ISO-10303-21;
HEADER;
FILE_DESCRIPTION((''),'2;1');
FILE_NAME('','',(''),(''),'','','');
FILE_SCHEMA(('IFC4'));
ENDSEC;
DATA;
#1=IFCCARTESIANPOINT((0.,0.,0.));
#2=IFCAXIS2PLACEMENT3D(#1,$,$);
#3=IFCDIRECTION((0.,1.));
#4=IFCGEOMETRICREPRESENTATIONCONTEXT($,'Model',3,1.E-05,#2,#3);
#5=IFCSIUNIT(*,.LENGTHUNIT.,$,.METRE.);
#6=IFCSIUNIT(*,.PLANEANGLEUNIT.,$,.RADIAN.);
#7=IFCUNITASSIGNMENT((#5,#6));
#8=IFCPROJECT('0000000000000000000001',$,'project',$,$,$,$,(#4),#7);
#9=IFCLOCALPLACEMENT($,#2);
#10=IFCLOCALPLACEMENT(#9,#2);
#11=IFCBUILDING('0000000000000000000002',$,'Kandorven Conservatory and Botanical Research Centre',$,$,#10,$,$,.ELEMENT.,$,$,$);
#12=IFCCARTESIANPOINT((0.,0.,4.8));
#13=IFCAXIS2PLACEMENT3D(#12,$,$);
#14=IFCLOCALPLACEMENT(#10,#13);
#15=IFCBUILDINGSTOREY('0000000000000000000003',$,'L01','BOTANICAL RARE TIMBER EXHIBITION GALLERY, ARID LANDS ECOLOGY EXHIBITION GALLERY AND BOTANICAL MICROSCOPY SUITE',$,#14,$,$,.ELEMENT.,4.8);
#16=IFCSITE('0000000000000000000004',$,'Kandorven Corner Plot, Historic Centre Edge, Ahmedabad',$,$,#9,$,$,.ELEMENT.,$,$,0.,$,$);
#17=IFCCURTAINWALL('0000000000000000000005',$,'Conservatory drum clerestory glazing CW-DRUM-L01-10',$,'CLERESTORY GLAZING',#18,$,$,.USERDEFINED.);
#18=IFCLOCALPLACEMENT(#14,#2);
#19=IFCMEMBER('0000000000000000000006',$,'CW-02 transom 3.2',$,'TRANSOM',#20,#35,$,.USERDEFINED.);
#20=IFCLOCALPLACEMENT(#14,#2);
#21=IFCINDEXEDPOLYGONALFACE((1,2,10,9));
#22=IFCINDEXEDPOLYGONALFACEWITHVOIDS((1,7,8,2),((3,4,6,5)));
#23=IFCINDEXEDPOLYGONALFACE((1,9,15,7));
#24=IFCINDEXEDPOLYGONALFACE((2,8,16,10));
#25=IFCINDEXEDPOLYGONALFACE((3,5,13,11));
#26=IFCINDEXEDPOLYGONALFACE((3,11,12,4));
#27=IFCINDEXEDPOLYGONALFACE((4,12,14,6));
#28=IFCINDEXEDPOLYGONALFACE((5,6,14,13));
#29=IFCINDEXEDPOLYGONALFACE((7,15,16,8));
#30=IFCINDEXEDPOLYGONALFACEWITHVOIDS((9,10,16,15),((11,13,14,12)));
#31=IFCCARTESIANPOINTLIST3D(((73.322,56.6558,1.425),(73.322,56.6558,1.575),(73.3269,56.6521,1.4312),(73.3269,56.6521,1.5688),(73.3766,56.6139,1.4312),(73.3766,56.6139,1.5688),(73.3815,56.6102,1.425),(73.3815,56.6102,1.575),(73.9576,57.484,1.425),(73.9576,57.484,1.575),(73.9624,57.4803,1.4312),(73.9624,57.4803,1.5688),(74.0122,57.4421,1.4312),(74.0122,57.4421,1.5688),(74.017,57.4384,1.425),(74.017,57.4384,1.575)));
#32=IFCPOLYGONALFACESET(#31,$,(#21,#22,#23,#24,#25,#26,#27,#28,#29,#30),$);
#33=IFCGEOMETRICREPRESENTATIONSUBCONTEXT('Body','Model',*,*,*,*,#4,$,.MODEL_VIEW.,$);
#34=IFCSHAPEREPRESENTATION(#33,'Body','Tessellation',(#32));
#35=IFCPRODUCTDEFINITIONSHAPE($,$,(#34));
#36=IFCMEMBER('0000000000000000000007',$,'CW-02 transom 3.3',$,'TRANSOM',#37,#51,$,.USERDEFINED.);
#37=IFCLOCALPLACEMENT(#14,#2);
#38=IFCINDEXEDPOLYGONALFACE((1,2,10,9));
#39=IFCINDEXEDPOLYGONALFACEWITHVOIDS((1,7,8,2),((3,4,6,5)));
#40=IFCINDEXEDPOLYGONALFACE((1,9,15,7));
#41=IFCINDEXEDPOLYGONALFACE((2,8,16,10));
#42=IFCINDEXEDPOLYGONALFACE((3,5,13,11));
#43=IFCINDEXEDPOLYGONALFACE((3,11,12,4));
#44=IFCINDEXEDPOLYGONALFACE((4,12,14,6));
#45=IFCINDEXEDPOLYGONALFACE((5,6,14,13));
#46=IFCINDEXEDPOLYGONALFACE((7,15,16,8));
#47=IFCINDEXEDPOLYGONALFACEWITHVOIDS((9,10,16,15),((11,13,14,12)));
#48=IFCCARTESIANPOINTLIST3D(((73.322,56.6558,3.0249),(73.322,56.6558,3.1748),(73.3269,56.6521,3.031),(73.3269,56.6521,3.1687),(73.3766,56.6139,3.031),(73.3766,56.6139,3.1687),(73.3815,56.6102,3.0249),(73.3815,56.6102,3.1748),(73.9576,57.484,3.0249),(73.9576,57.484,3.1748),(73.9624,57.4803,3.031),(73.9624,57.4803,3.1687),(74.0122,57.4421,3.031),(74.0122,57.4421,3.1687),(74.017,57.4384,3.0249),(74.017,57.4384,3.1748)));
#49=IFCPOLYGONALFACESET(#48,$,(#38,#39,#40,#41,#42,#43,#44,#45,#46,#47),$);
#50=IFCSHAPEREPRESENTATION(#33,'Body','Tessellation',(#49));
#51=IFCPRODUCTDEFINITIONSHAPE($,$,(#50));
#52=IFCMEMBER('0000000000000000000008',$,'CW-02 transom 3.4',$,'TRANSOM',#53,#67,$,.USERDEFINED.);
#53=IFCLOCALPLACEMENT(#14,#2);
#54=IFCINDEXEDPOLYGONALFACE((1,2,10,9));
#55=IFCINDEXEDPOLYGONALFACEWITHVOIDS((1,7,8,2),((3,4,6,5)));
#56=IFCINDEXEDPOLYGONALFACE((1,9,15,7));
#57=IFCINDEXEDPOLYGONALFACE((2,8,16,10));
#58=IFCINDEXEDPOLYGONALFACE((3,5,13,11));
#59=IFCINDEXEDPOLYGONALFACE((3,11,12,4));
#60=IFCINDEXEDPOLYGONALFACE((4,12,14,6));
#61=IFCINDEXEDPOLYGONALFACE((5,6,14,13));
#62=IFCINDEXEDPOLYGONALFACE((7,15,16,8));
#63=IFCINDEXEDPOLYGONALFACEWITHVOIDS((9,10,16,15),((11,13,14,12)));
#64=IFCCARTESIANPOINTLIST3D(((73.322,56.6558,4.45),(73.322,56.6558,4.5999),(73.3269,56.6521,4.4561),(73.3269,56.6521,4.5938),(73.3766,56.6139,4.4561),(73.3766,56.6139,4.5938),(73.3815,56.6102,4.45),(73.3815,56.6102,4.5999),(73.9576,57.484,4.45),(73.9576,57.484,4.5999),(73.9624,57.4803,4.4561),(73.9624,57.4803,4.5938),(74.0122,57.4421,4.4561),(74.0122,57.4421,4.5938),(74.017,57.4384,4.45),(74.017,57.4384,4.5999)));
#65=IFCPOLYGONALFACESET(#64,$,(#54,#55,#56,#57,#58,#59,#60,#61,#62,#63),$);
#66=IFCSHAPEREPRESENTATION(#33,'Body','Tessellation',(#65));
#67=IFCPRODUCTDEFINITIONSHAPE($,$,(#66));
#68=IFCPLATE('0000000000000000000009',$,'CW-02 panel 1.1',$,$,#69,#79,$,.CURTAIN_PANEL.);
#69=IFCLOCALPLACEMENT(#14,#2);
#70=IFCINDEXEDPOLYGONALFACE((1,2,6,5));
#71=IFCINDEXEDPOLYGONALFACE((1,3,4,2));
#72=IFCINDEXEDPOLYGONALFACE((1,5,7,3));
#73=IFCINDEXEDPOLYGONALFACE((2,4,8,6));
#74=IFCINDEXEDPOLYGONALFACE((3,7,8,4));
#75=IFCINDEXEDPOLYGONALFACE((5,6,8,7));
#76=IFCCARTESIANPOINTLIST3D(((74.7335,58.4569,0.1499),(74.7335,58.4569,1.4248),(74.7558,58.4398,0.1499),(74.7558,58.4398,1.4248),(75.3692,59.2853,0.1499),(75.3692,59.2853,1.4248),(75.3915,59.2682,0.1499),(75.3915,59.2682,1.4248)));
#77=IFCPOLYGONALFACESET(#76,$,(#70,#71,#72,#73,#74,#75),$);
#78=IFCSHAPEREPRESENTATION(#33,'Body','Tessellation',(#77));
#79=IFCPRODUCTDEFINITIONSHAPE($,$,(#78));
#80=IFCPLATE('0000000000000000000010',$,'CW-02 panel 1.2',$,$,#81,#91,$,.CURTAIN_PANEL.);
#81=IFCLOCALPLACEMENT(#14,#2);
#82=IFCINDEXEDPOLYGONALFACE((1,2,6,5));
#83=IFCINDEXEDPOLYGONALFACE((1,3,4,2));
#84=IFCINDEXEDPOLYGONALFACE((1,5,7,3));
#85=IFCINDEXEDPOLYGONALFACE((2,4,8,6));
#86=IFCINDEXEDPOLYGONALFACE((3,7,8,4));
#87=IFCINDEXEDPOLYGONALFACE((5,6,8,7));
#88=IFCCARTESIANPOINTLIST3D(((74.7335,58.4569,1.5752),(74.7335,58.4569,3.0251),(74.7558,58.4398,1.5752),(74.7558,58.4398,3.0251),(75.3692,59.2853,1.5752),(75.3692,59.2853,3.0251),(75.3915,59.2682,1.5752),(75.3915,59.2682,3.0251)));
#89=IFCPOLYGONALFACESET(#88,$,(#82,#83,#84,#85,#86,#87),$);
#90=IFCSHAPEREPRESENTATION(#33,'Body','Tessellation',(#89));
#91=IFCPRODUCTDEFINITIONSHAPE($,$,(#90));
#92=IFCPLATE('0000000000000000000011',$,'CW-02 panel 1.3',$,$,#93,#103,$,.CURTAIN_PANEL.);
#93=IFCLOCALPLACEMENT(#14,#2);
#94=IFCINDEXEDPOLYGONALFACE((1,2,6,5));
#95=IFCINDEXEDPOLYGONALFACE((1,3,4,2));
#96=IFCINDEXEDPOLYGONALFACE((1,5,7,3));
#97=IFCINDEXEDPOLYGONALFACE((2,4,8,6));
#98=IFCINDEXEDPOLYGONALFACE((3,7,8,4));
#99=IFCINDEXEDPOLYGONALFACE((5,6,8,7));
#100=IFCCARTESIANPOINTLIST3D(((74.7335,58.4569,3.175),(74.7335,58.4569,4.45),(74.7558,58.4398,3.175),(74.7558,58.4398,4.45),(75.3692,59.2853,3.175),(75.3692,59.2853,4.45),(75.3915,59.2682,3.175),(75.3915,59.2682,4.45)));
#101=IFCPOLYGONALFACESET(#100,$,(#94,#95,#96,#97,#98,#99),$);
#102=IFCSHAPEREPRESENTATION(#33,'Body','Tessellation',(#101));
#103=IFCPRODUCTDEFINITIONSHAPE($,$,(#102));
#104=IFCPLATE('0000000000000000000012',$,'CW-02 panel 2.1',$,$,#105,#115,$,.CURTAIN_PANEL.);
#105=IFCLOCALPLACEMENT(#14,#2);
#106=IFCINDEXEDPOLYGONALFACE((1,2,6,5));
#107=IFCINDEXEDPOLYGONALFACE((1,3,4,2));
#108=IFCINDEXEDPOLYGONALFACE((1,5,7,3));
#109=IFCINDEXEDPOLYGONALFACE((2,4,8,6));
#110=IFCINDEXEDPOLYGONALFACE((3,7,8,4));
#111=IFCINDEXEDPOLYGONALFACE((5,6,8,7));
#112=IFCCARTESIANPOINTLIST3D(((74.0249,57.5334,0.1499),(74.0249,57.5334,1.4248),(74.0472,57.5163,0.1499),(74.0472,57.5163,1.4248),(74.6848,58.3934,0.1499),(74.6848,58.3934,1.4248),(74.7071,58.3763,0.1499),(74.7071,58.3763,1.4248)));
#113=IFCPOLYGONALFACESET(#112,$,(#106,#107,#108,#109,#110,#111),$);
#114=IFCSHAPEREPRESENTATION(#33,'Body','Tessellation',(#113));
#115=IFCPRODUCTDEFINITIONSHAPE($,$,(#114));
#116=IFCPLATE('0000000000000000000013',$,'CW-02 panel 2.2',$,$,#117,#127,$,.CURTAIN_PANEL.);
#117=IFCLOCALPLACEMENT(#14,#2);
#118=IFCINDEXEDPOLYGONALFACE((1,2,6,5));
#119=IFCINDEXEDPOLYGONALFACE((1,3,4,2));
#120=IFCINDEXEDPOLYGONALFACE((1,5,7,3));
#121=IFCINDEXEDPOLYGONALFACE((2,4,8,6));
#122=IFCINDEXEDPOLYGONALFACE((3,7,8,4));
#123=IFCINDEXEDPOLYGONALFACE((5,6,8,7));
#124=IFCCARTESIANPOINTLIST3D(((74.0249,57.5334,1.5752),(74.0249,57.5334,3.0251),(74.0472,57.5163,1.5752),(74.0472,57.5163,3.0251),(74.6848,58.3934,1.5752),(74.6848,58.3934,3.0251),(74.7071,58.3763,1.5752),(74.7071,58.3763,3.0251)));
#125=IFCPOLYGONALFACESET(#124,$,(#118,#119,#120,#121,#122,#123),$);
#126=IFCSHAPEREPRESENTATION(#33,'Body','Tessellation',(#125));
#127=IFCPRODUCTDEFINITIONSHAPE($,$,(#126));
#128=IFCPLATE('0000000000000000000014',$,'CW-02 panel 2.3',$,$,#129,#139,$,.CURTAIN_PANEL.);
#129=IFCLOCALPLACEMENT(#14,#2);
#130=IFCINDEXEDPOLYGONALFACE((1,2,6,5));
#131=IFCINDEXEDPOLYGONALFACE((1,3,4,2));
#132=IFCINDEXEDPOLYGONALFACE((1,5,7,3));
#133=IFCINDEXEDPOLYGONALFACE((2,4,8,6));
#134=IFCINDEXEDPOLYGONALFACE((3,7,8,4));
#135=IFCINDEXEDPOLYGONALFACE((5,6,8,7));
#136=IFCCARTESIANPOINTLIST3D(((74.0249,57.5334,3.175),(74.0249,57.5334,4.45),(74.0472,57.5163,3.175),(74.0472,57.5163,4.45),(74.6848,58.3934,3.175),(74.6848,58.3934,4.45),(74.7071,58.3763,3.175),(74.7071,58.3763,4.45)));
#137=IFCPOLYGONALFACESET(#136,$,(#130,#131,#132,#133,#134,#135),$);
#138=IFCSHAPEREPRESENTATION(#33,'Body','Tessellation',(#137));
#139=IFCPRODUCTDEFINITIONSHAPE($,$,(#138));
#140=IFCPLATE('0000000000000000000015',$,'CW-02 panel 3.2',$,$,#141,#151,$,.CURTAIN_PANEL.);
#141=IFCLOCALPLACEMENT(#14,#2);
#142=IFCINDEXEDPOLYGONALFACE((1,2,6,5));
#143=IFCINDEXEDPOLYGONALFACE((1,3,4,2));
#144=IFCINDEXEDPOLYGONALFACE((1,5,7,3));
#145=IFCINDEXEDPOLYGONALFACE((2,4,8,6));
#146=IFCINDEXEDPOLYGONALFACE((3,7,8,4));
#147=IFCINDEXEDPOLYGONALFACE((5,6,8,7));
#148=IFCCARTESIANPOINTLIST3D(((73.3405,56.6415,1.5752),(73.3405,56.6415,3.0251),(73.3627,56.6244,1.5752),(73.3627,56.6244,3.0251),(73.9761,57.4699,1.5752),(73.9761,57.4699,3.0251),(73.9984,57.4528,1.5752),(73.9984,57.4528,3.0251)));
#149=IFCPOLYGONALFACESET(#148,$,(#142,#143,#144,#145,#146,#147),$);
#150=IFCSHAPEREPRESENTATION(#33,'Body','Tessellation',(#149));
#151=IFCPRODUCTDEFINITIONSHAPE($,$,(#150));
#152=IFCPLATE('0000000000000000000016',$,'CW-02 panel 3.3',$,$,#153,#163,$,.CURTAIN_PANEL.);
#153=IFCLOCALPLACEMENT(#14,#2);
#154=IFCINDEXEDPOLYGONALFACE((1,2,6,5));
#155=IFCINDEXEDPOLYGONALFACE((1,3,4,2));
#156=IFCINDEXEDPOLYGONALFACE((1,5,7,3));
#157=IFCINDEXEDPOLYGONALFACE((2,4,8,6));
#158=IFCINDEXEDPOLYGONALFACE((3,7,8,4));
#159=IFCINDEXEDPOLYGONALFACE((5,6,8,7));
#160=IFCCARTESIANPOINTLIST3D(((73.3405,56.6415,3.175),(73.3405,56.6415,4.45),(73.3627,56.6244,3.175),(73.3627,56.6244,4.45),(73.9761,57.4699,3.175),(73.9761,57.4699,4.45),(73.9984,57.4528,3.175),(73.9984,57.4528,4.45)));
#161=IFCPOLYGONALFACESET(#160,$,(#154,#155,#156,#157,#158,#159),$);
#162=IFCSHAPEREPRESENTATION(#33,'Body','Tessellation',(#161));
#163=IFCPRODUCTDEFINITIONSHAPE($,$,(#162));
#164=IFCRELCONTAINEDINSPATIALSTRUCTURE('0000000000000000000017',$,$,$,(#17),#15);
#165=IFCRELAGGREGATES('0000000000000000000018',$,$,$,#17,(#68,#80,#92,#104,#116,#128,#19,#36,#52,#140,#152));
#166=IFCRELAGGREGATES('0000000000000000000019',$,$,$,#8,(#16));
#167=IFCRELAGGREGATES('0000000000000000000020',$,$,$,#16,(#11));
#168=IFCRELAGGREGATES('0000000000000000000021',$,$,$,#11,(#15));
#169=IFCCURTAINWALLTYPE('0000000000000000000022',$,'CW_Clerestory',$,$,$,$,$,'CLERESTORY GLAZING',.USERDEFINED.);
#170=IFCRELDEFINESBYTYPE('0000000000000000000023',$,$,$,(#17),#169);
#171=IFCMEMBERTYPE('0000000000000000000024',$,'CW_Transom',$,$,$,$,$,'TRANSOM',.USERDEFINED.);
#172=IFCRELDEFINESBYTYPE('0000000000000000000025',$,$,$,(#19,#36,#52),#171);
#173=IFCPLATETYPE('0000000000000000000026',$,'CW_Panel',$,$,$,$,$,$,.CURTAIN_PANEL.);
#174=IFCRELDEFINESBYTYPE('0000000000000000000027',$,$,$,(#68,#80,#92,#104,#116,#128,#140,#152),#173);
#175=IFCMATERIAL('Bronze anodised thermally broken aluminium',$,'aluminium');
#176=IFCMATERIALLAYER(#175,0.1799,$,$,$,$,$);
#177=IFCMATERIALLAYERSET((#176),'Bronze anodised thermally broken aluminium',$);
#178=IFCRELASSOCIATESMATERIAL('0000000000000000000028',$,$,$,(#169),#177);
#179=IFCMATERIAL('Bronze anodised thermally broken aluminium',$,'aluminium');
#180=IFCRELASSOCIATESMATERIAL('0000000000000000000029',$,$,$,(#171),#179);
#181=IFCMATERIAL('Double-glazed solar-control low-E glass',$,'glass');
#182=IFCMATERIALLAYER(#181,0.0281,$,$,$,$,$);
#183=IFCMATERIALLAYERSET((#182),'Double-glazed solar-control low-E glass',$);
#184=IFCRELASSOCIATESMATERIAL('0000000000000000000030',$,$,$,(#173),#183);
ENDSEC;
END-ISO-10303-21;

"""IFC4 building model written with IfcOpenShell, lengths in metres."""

from ifc_helpers import new_model, si_unit, direction, frame, origin, origin_2d, place, context, subcontext, project, spatial, rectangle, hollow_rectangle, extrude, material, layer, layer_set, material_profile, profile_set, type_object, element, aggregate, save


model = new_model("IFC4")

# Units and contexts
model_context = context("Model", 3, precision=1e-05, world=origin(), true_north=direction((0.0, 1.0)))
body_context = subcontext(model_context, "Body", "Model", "MODEL_VIEW")
ifc_project = project(units=[si_unit("LENGTHUNIT", "METRE"), si_unit("PLANEANGLEUNIT", "RADIAN")], contexts=[model_context])

# Site, building, storey
site_placement = place(None, origin())
site = spatial("IfcSite", under=ifc_project, at=site_placement, Name="Kandorven Corner Plot, Historic Centre Edge, Ahmedabad", CompositionType="ELEMENT", RefElevation=0.0)
building_placement = place(site_placement, origin())
building = spatial("IfcBuilding", under=site, at=building_placement, Name="Kandorven Conservatory and Botanical Research Centre", CompositionType="ELEMENT")
storey_placement = place(building_placement, frame((0.0, 0.0, 4.8)))
storey = spatial("IfcBuildingStorey", under=building, at=storey_placement, Name="L01", Description="BOTANICAL RARE TIMBER EXHIBITION GALLERY, ARID LANDS ECOLOGY EXHIBITION GALLERY AND BOTANICAL MICROSCOPY SUITE", CompositionType="ELEMENT", Elevation=4.8)

# Curtain wall, members, plates
ifc_material_1 = material(Name="Bronze anodised thermally broken aluminium", Category="aluminium")
ifc_layer_1 = layer(ifc_material_1, 0.1799)
ifc_layer_set_1 = layer_set([ifc_layer_1], Name="Bronze anodised thermally broken aluminium")
curtain_wall_type = type_object("IfcCurtainWallType", Name="CW_Clerestory", ElementType="CLERESTORY GLAZING", PredefinedType="USERDEFINED", material=ifc_layer_set_1)
curtain_wall_placement = place(storey_placement, origin())
curtain_wall = element("IfcCurtainWall", 1, at=curtain_wall_placement, inside=storey, type_object=curtain_wall_type, Name="Conservatory drum clerestory glazing CW-DRUM-L01-10", ObjectType="CLERESTORY GLAZING", PredefinedType="USERDEFINED")
ifc_material_2 = material(Name="Bronze anodised thermally broken aluminium", Category="aluminium")
ifc_material_profile_1 = material_profile(ifc_material_2, hollow_rectangle(XDim=0.075, YDim=0.1499, WallThickness=0.0061, at=origin_2d()))
ifc_profile_set_1 = profile_set([ifc_material_profile_1], Name="Bronze anodised thermally broken aluminium")
member_type_1 = type_object("IfcMemberType", Name="CW_Transom", ElementType="TRANSOM", PredefinedType="USERDEFINED", material=ifc_profile_set_1)
member_1_placement = place(storey_placement, frame((73.9873, 57.4612, 1.5), z_axis=(-0.608795, -0.793328, 0.0), x_axis=(0.793328, -0.608795, 0.0)))
member_1 = element("IfcMember", 2, at=member_1_placement, type_object=member_type_1, Name="CW-02 transom 3.2", ObjectType="TRANSOM", PredefinedType="USERDEFINED", context=body_context, shape_type="SweptSolid", body=[
    extrude(hollow_rectangle(XDim=0.075, YDim=0.1499, WallThickness=0.0061, at=origin_2d()), origin(), (0.0, 0.0, 1.0), 1.0439),
])
member_2_placement = place(storey_placement, frame((73.9873, 57.4612, 3.0999), z_axis=(-0.608795, -0.793328, 0.0), x_axis=(0.793328, -0.608795, 0.0)))
member_2 = element("IfcMember", 3, at=member_2_placement, type_object=member_type_1, Name="CW-02 transom 3.3", ObjectType="TRANSOM", PredefinedType="USERDEFINED", context=body_context, shape_type="SweptSolid", body=[
    extrude(hollow_rectangle(XDim=0.075, YDim=0.1499, WallThickness=0.0061, at=origin_2d()), origin(), (0.0, 0.0, 1.0), 1.0439),
])
member_3_placement = place(storey_placement, frame((73.9873, 57.4612, 4.5249), z_axis=(-0.608795, -0.793328, 0.0), x_axis=(0.793328, -0.608795, 0.0)))
member_3 = element("IfcMember", 4, at=member_3_placement, type_object=member_type_1, Name="CW-02 transom 3.4", ObjectType="TRANSOM", PredefinedType="USERDEFINED", context=body_context, shape_type="SweptSolid", body=[
    extrude(hollow_rectangle(XDim=0.075, YDim=0.1499, WallThickness=0.0061, at=origin_2d()), origin(), (0.0, 0.0, 1.0), 1.0439),
])
ifc_material_3 = material(Name="Double-glazed solar-control low-E glass", Category="glass")
ifc_layer_2 = layer(ifc_material_3, 0.0281)
ifc_layer_set_2 = layer_set([ifc_layer_2], Name="Double-glazed solar-control low-E glass")
plate_type = type_object("IfcPlateType", Name="CW_Panel", PredefinedType="CURTAIN_PANEL", material=ifc_layer_set_2)
plate_1_placement = place(storey_placement, frame((75.0625, 58.8625, 0.1499), z_axis=(0.0, 0.0, 1.0), x_axis=(-0.608769, -0.793347, 0.0)))
plate_1 = element("IfcPlate", 5, at=plate_1_placement, type_object=plate_type, Name="CW-02 panel 1.1", PredefinedType="CURTAIN_PANEL", context=body_context, shape_type="SweptSolid", body=[
    extrude(rectangle(XDim=1.0442, YDim=0.0281, at=origin_2d()), origin(), (0.0, 0.0, 1.0), 1.2749),
])
plate_2_placement = place(storey_placement, frame((75.0625, 58.8625, 1.5752), z_axis=(0.0, 0.0, 1.0), x_axis=(-0.608769, -0.793347, 0.0)))
plate_2 = element("IfcPlate", 6, at=plate_2_placement, type_object=plate_type, Name="CW-02 panel 1.2", PredefinedType="CURTAIN_PANEL", context=body_context, shape_type="SweptSolid", body=[
    extrude(rectangle(XDim=1.0442, YDim=0.0281, at=origin_2d()), origin(), (0.0, 0.0, 1.0), 1.45),
])
plate_3_placement = place(storey_placement, frame((75.0625, 58.8625, 3.175), z_axis=(0.0, 0.0, 1.0), x_axis=(-0.608769, -0.793347, 0.0)))
plate_3 = element("IfcPlate", 7, at=plate_3_placement, type_object=plate_type, Name="CW-02 panel 1.3", PredefinedType="CURTAIN_PANEL", context=body_context, shape_type="SweptSolid", body=[
    extrude(rectangle(XDim=1.0442, YDim=0.0281, at=origin_2d()), origin(), (0.0, 0.0, 1.0), 1.2749),
])
plate_4_placement = place(storey_placement, frame((74.366, 57.9548, 0.1499), z_axis=(0.0, 0.0, 1.0), x_axis=(-0.608769, -0.793347, 0.0)))
plate_4 = element("IfcPlate", 8, at=plate_4_placement, type_object=plate_type, Name="CW-02 panel 2.1", PredefinedType="CURTAIN_PANEL", context=body_context, shape_type="SweptSolid", body=[
    extrude(rectangle(XDim=1.084, YDim=0.0281, at=origin_2d()), origin(), (0.0, 0.0, 1.0), 1.2749),
])
plate_5_placement = place(storey_placement, frame((74.366, 57.9548, 1.5752), z_axis=(0.0, 0.0, 1.0), x_axis=(-0.608769, -0.793347, 0.0)))
plate_5 = element("IfcPlate", 9, at=plate_5_placement, type_object=plate_type, Name="CW-02 panel 2.2", PredefinedType="CURTAIN_PANEL", context=body_context, shape_type="SweptSolid", body=[
    extrude(rectangle(XDim=1.084, YDim=0.0281, at=origin_2d()), origin(), (0.0, 0.0, 1.0), 1.45),
])
plate_6_placement = place(storey_placement, frame((74.366, 57.9548, 3.175), z_axis=(0.0, 0.0, 1.0), x_axis=(-0.608769, -0.793347, 0.0)))
plate_6 = element("IfcPlate", 10, at=plate_6_placement, type_object=plate_type, Name="CW-02 panel 2.3", PredefinedType="CURTAIN_PANEL", context=body_context, shape_type="SweptSolid", body=[
    extrude(rectangle(XDim=1.084, YDim=0.0281, at=origin_2d()), origin(), (0.0, 0.0, 1.0), 1.2749),
])
plate_7_placement = place(storey_placement, frame((73.6694, 57.0471, 1.5752), z_axis=(0.0, 0.0, 1.0), x_axis=(-0.608769, -0.793347, 0.0)))
plate_7 = element("IfcPlate", 11, at=plate_7_placement, type_object=plate_type, Name="CW-02 panel 3.2", PredefinedType="CURTAIN_PANEL", context=body_context, shape_type="SweptSolid", body=[
    extrude(rectangle(XDim=1.0442, YDim=0.0281, at=origin_2d()), origin(), (0.0, 0.0, 1.0), 1.45),
])
plate_8_placement = place(storey_placement, frame((73.6694, 57.0471, 3.175), z_axis=(0.0, 0.0, 1.0), x_axis=(-0.608769, -0.793347, 0.0)))
plate_8 = element("IfcPlate", 12, at=plate_8_placement, type_object=plate_type, Name="CW-02 panel 3.3", PredefinedType="CURTAIN_PANEL", context=body_context, shape_type="SweptSolid", body=[
    extrude(rectangle(XDim=1.0442, YDim=0.0281, at=origin_2d()), origin(), (0.0, 0.0, 1.0), 1.2749),
])
aggregate(curtain_wall, [plate_1, plate_2, plate_3, plate_4, plate_5, plate_6, member_1, member_2, member_3, plate_7, plate_8])

save(model, "model.ifc")
